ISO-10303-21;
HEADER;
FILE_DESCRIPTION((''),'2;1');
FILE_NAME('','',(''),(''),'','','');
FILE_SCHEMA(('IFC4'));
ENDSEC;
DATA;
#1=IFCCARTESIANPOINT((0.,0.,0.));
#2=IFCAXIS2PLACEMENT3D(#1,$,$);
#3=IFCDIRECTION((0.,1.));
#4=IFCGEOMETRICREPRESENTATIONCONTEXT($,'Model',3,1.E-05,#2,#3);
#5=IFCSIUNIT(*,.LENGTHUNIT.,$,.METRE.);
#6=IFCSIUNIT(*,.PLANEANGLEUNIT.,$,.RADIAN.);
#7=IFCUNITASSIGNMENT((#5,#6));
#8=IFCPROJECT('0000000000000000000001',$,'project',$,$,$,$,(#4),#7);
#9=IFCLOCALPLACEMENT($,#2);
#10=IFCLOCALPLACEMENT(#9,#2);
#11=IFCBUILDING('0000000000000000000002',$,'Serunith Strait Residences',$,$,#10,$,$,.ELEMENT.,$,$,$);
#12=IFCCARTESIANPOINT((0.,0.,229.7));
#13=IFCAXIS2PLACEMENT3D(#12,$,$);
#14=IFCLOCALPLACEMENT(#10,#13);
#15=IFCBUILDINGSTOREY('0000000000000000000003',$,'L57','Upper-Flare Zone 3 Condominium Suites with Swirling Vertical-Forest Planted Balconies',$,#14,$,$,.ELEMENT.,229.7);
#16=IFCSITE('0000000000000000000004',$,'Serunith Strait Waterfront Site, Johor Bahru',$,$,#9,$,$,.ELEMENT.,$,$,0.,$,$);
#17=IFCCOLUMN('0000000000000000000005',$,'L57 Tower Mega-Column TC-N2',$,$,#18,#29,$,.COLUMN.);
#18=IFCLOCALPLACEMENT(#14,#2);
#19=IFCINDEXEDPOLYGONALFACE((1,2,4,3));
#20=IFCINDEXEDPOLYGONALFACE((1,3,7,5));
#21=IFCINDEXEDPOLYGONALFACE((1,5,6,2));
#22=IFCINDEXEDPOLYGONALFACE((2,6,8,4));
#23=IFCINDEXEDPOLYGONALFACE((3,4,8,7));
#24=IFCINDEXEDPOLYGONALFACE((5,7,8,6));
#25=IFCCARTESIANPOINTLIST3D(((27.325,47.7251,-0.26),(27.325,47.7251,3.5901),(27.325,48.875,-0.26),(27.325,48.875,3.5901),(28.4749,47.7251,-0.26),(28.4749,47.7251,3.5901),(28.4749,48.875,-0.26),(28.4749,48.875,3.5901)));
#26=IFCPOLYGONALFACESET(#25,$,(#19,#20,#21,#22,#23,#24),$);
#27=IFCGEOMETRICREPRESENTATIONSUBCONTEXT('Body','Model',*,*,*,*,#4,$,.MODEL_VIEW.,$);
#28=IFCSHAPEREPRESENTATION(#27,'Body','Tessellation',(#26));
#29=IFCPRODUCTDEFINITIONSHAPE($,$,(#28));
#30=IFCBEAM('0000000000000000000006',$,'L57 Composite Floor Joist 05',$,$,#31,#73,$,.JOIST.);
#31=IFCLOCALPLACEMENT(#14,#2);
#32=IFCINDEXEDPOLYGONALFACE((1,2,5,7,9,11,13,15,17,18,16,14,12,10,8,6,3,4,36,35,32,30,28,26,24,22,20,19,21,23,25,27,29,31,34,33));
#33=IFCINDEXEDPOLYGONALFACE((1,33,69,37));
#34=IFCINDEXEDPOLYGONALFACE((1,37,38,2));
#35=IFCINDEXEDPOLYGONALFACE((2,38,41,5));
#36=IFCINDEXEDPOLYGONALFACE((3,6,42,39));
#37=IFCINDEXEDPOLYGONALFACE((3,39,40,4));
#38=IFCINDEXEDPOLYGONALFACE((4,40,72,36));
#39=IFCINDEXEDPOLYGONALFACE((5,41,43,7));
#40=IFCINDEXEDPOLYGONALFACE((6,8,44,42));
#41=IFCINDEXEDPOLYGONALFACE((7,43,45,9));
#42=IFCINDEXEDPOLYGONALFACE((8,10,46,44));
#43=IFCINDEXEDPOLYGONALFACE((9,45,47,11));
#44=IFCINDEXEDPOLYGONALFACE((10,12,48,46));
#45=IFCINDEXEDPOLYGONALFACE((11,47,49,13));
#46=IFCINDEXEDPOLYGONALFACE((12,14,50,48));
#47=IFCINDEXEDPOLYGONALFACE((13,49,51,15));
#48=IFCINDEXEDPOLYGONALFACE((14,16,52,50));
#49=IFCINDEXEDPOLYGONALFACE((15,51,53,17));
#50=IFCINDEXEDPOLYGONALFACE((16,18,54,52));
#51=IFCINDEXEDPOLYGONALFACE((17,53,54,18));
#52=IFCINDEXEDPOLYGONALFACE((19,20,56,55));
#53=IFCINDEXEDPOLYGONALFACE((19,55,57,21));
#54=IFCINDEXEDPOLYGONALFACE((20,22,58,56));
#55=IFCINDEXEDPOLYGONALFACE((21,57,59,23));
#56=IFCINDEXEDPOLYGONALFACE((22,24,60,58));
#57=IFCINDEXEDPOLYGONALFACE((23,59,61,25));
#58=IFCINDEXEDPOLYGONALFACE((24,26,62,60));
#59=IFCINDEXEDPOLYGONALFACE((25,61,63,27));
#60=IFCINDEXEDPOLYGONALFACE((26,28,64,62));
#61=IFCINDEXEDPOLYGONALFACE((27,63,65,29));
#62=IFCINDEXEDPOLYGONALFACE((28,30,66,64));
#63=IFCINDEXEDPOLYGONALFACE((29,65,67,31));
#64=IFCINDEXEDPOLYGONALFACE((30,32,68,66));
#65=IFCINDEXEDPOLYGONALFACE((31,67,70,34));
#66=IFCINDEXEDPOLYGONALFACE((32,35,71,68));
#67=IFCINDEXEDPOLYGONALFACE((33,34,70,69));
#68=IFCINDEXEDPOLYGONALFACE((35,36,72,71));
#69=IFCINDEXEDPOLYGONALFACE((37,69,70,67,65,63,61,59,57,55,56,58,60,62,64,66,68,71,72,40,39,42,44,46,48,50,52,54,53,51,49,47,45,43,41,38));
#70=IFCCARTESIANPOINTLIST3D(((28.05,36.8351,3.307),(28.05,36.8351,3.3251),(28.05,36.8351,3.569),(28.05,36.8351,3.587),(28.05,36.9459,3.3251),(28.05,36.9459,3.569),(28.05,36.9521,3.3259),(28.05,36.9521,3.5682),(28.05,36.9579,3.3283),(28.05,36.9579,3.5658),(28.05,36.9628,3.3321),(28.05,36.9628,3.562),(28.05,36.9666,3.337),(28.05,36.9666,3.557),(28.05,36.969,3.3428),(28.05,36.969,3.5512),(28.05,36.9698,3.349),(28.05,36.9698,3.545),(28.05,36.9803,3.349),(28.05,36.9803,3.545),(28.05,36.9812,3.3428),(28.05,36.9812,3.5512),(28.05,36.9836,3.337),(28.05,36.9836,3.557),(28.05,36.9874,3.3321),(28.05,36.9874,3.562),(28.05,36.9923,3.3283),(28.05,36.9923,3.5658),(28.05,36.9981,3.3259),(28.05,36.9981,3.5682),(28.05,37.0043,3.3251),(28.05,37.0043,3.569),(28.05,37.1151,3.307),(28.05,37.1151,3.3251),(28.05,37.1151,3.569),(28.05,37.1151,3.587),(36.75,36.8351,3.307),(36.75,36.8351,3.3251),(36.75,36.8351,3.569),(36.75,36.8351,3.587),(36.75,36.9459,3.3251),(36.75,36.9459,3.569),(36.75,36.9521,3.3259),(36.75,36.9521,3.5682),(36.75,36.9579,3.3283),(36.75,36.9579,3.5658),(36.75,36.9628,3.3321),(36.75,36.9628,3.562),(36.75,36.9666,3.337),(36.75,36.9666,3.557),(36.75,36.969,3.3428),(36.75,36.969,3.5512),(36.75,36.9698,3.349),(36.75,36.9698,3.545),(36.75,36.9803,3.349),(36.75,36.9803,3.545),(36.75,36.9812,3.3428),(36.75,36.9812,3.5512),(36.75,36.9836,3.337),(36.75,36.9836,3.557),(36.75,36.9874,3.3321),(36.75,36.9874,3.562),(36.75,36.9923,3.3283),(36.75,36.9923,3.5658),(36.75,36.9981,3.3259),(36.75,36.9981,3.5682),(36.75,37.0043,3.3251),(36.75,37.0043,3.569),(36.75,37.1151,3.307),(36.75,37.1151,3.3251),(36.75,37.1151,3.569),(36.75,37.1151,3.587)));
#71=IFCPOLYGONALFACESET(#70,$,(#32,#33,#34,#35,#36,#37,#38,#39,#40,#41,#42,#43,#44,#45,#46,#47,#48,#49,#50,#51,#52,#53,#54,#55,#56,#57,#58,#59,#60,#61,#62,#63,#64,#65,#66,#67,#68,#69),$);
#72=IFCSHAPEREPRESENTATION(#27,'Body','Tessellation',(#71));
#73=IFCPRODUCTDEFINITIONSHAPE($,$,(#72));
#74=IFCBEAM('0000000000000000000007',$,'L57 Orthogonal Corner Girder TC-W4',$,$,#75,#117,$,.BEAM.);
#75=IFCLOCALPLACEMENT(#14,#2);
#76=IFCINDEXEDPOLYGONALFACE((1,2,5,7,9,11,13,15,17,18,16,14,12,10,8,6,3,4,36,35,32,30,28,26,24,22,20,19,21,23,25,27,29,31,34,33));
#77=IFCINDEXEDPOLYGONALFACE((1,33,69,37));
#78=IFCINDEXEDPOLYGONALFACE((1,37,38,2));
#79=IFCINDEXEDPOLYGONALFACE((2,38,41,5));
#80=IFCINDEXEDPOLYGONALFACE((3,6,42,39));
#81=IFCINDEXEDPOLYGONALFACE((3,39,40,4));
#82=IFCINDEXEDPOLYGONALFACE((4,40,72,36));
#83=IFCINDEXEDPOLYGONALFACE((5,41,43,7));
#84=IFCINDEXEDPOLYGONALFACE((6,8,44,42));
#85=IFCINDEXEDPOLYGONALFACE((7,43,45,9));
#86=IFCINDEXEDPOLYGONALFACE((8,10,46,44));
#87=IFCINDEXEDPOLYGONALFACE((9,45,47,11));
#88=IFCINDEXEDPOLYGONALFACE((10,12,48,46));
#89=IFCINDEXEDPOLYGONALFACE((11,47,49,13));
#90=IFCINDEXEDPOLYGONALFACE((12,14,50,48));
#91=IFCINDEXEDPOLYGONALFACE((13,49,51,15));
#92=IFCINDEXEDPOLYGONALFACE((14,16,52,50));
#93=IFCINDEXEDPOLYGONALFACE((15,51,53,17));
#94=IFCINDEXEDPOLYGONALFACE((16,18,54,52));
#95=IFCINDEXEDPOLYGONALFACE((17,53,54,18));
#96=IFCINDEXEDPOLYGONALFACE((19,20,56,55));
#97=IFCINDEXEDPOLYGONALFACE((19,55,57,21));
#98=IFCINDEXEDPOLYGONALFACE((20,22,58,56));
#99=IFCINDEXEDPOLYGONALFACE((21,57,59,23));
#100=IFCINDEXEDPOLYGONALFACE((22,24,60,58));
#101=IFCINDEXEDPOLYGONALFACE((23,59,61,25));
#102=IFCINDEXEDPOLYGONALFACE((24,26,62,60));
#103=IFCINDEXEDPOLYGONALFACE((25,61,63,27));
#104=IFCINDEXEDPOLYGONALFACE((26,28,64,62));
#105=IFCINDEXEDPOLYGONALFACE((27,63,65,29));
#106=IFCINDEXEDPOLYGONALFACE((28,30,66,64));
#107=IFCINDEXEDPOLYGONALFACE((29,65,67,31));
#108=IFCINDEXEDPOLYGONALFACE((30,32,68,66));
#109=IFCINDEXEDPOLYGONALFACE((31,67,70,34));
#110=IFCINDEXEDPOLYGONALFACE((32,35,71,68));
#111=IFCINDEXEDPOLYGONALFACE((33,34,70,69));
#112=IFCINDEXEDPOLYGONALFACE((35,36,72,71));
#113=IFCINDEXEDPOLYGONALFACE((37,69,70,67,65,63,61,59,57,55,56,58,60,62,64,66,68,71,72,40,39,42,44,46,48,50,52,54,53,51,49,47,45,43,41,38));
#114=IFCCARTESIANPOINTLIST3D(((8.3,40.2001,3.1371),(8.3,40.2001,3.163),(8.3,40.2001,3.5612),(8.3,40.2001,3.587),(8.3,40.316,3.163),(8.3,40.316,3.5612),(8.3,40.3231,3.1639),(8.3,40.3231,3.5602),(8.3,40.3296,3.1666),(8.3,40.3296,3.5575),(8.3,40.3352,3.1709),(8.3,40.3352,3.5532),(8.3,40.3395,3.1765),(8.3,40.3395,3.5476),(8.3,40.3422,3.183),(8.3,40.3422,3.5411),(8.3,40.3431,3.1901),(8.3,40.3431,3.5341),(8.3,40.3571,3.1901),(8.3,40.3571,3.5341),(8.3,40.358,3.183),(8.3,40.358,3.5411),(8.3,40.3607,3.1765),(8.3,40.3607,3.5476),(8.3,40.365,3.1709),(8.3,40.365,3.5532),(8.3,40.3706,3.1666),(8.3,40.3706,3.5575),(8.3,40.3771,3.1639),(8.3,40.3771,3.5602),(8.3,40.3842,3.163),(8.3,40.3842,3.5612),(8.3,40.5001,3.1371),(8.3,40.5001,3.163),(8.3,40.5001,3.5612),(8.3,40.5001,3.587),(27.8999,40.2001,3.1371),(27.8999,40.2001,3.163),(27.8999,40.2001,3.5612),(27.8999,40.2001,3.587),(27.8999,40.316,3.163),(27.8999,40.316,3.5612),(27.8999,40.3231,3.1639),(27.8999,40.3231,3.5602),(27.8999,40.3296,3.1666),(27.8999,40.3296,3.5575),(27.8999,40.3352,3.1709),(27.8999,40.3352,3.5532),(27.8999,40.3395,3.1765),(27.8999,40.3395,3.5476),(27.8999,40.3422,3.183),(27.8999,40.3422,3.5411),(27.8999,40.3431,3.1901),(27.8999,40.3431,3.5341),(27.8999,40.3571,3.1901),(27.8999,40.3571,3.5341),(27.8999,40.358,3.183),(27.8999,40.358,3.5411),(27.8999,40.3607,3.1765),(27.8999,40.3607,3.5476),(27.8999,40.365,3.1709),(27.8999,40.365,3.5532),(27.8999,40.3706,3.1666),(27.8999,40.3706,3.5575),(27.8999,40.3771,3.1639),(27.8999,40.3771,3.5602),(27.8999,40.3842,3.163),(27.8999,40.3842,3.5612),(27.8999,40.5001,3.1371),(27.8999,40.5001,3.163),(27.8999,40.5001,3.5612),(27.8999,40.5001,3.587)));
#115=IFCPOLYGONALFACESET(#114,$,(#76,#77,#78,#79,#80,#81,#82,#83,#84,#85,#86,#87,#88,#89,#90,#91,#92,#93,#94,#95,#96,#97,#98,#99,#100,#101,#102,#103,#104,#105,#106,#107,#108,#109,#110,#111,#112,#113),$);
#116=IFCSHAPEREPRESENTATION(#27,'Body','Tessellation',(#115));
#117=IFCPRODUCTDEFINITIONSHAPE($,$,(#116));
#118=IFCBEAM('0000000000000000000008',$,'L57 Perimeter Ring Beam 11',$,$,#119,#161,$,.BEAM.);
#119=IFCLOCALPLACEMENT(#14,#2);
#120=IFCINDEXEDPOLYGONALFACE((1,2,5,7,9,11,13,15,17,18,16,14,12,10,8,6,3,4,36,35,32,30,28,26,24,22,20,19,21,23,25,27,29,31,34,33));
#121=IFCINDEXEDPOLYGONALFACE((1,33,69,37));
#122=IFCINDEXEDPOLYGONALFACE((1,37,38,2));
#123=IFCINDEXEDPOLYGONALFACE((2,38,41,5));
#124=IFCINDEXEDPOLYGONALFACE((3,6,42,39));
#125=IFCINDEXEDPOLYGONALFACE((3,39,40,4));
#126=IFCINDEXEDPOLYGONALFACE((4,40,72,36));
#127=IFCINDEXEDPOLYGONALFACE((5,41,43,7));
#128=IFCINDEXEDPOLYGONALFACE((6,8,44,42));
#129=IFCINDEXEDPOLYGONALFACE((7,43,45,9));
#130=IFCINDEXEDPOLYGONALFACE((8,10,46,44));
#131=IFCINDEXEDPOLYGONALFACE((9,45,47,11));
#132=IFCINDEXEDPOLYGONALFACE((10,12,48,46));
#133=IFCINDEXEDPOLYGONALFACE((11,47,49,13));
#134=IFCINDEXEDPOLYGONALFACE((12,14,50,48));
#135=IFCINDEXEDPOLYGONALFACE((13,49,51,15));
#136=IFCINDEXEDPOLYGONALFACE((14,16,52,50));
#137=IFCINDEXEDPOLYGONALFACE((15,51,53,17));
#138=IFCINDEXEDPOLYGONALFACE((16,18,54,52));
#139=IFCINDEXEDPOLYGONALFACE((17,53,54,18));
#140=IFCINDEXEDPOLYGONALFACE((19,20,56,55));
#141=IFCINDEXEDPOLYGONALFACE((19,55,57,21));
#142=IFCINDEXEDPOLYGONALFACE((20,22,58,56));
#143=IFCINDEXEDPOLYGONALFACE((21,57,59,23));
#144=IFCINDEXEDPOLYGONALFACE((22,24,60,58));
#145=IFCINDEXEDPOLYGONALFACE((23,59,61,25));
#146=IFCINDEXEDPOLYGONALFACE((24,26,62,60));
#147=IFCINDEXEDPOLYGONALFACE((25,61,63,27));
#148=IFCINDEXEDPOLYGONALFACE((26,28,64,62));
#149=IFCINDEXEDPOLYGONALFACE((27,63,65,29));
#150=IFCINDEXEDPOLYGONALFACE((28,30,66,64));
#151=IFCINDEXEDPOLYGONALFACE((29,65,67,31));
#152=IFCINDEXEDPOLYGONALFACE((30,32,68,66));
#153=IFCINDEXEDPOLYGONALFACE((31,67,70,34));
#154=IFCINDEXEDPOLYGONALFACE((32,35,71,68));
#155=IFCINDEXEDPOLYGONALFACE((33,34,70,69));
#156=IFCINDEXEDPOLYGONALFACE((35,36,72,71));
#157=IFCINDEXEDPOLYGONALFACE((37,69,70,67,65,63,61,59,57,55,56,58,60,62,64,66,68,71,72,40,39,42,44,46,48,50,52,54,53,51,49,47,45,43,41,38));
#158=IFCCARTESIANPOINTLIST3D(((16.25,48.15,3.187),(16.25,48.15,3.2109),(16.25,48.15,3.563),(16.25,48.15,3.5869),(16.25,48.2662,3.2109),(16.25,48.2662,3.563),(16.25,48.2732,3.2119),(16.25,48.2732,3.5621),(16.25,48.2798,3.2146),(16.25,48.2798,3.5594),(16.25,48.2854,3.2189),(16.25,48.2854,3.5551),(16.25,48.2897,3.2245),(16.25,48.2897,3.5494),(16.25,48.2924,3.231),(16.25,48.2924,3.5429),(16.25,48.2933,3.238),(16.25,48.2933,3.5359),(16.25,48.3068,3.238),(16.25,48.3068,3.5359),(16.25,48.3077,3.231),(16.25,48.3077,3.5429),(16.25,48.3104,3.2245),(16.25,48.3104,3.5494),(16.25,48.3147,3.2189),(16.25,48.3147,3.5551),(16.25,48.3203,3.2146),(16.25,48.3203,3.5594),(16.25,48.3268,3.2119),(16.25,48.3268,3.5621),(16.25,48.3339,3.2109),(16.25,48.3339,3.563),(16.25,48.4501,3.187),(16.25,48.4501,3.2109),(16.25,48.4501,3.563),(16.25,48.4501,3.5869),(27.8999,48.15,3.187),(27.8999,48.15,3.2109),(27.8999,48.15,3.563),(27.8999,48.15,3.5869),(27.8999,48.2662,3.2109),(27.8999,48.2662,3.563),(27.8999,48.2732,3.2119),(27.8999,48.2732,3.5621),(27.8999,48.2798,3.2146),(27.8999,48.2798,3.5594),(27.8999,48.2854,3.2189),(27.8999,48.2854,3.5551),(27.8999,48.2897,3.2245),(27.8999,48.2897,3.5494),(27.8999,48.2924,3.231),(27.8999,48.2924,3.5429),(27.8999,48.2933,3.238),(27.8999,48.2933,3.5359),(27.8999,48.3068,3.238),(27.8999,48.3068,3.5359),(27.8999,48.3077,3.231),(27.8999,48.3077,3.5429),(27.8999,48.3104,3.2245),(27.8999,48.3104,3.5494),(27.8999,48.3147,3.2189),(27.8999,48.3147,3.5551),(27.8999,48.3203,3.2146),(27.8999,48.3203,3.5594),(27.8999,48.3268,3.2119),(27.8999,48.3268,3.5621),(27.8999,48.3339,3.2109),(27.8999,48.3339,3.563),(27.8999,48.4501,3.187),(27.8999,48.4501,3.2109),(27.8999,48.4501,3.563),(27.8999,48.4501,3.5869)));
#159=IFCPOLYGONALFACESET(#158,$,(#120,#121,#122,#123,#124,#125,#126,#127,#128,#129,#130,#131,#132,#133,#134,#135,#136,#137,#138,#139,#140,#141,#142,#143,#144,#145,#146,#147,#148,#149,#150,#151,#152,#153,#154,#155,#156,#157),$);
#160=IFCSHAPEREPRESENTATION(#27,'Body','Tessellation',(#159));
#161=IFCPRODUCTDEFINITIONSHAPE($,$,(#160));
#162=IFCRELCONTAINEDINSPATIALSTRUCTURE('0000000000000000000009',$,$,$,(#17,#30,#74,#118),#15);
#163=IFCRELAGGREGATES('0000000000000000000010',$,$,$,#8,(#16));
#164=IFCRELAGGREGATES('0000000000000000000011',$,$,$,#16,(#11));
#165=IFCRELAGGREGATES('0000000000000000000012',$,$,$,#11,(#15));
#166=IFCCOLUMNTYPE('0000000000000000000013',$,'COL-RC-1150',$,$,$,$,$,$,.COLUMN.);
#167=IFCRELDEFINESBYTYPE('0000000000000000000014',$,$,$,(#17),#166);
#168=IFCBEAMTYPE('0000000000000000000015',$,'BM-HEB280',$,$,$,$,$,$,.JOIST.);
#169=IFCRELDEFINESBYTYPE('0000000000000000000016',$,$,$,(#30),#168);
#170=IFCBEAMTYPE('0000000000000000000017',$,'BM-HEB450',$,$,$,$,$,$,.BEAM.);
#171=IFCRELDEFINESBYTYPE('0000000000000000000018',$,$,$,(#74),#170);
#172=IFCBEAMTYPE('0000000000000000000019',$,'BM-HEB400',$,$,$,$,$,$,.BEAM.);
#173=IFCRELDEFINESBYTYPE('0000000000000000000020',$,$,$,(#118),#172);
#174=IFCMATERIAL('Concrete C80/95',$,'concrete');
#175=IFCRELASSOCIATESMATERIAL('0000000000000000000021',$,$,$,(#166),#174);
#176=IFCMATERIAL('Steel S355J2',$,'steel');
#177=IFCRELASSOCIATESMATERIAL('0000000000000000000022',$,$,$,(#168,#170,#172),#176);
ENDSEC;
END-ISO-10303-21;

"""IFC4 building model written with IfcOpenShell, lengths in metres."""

from ifc_helpers import new_model, si_unit, direction, frame, origin, origin_2d, place, context, subcontext, project, spatial, rectangle, i_section, extrude, source, transform, mapped, material, material_profile, profile_set, type_object, element, save


model = new_model("IFC4")

# Units and contexts
model_context = context("Model", 3, precision=1e-05, world=origin(), true_north=direction((0.0, 1.0)))
body_context = subcontext(model_context, "Body", "Model", "MODEL_VIEW")
ifc_project = project(units=[si_unit("LENGTHUNIT", "METRE"), si_unit("PLANEANGLEUNIT", "RADIAN")], contexts=[model_context])

# Site, building, storey
site_placement = place(None, origin())
site = spatial("IfcSite", under=ifc_project, at=site_placement, Name="Serunith Strait Waterfront Site, Johor Bahru", CompositionType="ELEMENT", RefElevation=0.0)
building_placement = place(site_placement, origin())
building = spatial("IfcBuilding", under=site, at=building_placement, Name="Serunith Strait Residences", CompositionType="ELEMENT")
storey_placement = place(building_placement, frame((0.0, 0.0, 229.7)))
storey = spatial("IfcBuildingStorey", under=building, at=storey_placement, Name="L57", Description="Upper-Flare Zone 3 Condominium Suites with Swirling Vertical-Forest Planted Balconies", CompositionType="ELEMENT", Elevation=229.7)

# Column
ifc_material_1 = material(Name="Concrete C80/95", Category="concrete")
ifc_material_profile_1 = material_profile(ifc_material_1, rectangle(XDim=1.1499, YDim=1.1499, at=origin_2d()), Name="RC 1150x1150")
ifc_profile_set_1 = profile_set([ifc_material_profile_1], Name="Concrete C80/95")
column_type = type_object("IfcColumnType", Name="COL-RC-1150", PredefinedType="COLUMN", material=ifc_profile_set_1)
shared_shape_1 = source(origin(), body_context, "Body", "SweptSolid", [
    extrude(rectangle(XDim=1.1499, YDim=1.1499, at=origin_2d()), origin(), (0.0, 0.0, 1.0), 3.8501),
])
column_placement = place(storey_placement, frame((27.8999, 48.3, -0.26), z_axis=(0.0, 0.0, 1.0), x_axis=(1.0, 0.0, 0.0)))
element("IfcColumn", 1, at=column_placement, inside=storey, type_object=column_type, Name="L57 Tower Mega-Column TC-N2", PredefinedType="COLUMN", context=body_context, shape_type="MappedRepresentation", body=[
    mapped(shared_shape_1, transform((0.0, 0.0, 0.0), scale=1.0)),
])

# Beams
ifc_material_2 = material(Name="Steel S355J2", Category="steel")
ifc_material_profile_2 = material_profile(ifc_material_2, i_section(OverallWidth=0.28, OverallDepth=0.28, WebThickness=0.0105, FlangeThickness=0.0181, FilletRadius=0.0239, at=origin_2d()), Name="HEB 280")
ifc_profile_set_2 = profile_set([ifc_material_profile_2], Name="Steel S355J2")
beam_type_1 = type_object("IfcBeamType", Name="BM-HEB280", PredefinedType="JOIST", material=ifc_profile_set_2)
shared_shape_2 = source(origin(), body_context, "Body", "SweptSolid", [
    extrude(i_section(OverallWidth=0.28, OverallDepth=0.28, WebThickness=0.0105, FlangeThickness=0.0181, FilletRadius=0.0239, at=origin_2d()), origin(), (0.0, 0.0, 1.0), 8.7),
])
beam_1_placement = place(storey_placement, frame((28.05, 36.9751, 3.447), z_axis=(1.0, 0.0, 0.0), x_axis=(0.0, 1.0, 0.0)))
element("IfcBeam", 2, at=beam_1_placement, inside=storey, type_object=beam_type_1, Name="L57 Composite Floor Joist 05", PredefinedType="JOIST", context=body_context, shape_type="MappedRepresentation", body=[
    mapped(shared_shape_2, transform((0.0, 0.0, 0.0), scale=1.0)),
])
ifc_material_profile_3 = material_profile(ifc_material_2, i_section(OverallWidth=0.3, OverallDepth=0.45, WebThickness=0.0139, FlangeThickness=0.0259, FilletRadius=0.0271, at=origin_2d()), Name="HEB 450")
ifc_profile_set_3 = profile_set([ifc_material_profile_3], Name="Steel S355J2")
beam_type_2 = type_object("IfcBeamType", Name="BM-HEB450", PredefinedType="BEAM", material=ifc_profile_set_3)
shared_shape_3 = source(origin(), body_context, "Body", "SweptSolid", [
    extrude(i_section(OverallWidth=0.3, OverallDepth=0.45, WebThickness=0.0139, FlangeThickness=0.0259, FilletRadius=0.0271, at=origin_2d()), origin(), (0.0, 0.0, 1.0), 19.5999),
])
beam_2_placement = place(storey_placement, frame((27.8999, 40.3501, 3.3621), z_axis=(-1.0, 0.0, 0.0), x_axis=(0.0, -1.0, 0.0)))
element("IfcBeam", 3, at=beam_2_placement, inside=storey, type_object=beam_type_2, Name="L57 Orthogonal Corner Girder TC-W4", PredefinedType="BEAM", context=body_context, shape_type="MappedRepresentation", body=[
    mapped(shared_shape_3, transform((0.0, 0.0, 0.0), scale=1.0)),
])
ifc_material_profile_4 = material_profile(ifc_material_2, i_section(OverallWidth=0.3, OverallDepth=0.3999, WebThickness=0.0134, FlangeThickness=0.0239, FilletRadius=0.0271, at=origin_2d()), Name="HEB 400")
ifc_profile_set_4 = profile_set([ifc_material_profile_4], Name="Steel S355J2")
beam_type_3 = type_object("IfcBeamType", Name="BM-HEB400", PredefinedType="BEAM", material=ifc_profile_set_4)
shared_shape_4 = source(origin(), body_context, "Body", "SweptSolid", [
    extrude(i_section(OverallWidth=0.3, OverallDepth=0.3999, WebThickness=0.0134, FlangeThickness=0.0239, FilletRadius=0.0271, at=origin_2d()), origin(), (0.0, 0.0, 1.0), 11.6499),
])
beam_3_placement = place(storey_placement, frame((27.8999, 48.3, 3.387), z_axis=(-1.0, 0.0, 0.0), x_axis=(0.0, -1.0, 0.0)))
element("IfcBeam", 4, at=beam_3_placement, inside=storey, type_object=beam_type_3, Name="L57 Perimeter Ring Beam 11", PredefinedType="BEAM", context=body_context, shape_type="MappedRepresentation", body=[
    mapped(shared_shape_4, transform((0.0, 0.0, 0.0), scale=1.0)),
])

save(model, "model.ifc")
